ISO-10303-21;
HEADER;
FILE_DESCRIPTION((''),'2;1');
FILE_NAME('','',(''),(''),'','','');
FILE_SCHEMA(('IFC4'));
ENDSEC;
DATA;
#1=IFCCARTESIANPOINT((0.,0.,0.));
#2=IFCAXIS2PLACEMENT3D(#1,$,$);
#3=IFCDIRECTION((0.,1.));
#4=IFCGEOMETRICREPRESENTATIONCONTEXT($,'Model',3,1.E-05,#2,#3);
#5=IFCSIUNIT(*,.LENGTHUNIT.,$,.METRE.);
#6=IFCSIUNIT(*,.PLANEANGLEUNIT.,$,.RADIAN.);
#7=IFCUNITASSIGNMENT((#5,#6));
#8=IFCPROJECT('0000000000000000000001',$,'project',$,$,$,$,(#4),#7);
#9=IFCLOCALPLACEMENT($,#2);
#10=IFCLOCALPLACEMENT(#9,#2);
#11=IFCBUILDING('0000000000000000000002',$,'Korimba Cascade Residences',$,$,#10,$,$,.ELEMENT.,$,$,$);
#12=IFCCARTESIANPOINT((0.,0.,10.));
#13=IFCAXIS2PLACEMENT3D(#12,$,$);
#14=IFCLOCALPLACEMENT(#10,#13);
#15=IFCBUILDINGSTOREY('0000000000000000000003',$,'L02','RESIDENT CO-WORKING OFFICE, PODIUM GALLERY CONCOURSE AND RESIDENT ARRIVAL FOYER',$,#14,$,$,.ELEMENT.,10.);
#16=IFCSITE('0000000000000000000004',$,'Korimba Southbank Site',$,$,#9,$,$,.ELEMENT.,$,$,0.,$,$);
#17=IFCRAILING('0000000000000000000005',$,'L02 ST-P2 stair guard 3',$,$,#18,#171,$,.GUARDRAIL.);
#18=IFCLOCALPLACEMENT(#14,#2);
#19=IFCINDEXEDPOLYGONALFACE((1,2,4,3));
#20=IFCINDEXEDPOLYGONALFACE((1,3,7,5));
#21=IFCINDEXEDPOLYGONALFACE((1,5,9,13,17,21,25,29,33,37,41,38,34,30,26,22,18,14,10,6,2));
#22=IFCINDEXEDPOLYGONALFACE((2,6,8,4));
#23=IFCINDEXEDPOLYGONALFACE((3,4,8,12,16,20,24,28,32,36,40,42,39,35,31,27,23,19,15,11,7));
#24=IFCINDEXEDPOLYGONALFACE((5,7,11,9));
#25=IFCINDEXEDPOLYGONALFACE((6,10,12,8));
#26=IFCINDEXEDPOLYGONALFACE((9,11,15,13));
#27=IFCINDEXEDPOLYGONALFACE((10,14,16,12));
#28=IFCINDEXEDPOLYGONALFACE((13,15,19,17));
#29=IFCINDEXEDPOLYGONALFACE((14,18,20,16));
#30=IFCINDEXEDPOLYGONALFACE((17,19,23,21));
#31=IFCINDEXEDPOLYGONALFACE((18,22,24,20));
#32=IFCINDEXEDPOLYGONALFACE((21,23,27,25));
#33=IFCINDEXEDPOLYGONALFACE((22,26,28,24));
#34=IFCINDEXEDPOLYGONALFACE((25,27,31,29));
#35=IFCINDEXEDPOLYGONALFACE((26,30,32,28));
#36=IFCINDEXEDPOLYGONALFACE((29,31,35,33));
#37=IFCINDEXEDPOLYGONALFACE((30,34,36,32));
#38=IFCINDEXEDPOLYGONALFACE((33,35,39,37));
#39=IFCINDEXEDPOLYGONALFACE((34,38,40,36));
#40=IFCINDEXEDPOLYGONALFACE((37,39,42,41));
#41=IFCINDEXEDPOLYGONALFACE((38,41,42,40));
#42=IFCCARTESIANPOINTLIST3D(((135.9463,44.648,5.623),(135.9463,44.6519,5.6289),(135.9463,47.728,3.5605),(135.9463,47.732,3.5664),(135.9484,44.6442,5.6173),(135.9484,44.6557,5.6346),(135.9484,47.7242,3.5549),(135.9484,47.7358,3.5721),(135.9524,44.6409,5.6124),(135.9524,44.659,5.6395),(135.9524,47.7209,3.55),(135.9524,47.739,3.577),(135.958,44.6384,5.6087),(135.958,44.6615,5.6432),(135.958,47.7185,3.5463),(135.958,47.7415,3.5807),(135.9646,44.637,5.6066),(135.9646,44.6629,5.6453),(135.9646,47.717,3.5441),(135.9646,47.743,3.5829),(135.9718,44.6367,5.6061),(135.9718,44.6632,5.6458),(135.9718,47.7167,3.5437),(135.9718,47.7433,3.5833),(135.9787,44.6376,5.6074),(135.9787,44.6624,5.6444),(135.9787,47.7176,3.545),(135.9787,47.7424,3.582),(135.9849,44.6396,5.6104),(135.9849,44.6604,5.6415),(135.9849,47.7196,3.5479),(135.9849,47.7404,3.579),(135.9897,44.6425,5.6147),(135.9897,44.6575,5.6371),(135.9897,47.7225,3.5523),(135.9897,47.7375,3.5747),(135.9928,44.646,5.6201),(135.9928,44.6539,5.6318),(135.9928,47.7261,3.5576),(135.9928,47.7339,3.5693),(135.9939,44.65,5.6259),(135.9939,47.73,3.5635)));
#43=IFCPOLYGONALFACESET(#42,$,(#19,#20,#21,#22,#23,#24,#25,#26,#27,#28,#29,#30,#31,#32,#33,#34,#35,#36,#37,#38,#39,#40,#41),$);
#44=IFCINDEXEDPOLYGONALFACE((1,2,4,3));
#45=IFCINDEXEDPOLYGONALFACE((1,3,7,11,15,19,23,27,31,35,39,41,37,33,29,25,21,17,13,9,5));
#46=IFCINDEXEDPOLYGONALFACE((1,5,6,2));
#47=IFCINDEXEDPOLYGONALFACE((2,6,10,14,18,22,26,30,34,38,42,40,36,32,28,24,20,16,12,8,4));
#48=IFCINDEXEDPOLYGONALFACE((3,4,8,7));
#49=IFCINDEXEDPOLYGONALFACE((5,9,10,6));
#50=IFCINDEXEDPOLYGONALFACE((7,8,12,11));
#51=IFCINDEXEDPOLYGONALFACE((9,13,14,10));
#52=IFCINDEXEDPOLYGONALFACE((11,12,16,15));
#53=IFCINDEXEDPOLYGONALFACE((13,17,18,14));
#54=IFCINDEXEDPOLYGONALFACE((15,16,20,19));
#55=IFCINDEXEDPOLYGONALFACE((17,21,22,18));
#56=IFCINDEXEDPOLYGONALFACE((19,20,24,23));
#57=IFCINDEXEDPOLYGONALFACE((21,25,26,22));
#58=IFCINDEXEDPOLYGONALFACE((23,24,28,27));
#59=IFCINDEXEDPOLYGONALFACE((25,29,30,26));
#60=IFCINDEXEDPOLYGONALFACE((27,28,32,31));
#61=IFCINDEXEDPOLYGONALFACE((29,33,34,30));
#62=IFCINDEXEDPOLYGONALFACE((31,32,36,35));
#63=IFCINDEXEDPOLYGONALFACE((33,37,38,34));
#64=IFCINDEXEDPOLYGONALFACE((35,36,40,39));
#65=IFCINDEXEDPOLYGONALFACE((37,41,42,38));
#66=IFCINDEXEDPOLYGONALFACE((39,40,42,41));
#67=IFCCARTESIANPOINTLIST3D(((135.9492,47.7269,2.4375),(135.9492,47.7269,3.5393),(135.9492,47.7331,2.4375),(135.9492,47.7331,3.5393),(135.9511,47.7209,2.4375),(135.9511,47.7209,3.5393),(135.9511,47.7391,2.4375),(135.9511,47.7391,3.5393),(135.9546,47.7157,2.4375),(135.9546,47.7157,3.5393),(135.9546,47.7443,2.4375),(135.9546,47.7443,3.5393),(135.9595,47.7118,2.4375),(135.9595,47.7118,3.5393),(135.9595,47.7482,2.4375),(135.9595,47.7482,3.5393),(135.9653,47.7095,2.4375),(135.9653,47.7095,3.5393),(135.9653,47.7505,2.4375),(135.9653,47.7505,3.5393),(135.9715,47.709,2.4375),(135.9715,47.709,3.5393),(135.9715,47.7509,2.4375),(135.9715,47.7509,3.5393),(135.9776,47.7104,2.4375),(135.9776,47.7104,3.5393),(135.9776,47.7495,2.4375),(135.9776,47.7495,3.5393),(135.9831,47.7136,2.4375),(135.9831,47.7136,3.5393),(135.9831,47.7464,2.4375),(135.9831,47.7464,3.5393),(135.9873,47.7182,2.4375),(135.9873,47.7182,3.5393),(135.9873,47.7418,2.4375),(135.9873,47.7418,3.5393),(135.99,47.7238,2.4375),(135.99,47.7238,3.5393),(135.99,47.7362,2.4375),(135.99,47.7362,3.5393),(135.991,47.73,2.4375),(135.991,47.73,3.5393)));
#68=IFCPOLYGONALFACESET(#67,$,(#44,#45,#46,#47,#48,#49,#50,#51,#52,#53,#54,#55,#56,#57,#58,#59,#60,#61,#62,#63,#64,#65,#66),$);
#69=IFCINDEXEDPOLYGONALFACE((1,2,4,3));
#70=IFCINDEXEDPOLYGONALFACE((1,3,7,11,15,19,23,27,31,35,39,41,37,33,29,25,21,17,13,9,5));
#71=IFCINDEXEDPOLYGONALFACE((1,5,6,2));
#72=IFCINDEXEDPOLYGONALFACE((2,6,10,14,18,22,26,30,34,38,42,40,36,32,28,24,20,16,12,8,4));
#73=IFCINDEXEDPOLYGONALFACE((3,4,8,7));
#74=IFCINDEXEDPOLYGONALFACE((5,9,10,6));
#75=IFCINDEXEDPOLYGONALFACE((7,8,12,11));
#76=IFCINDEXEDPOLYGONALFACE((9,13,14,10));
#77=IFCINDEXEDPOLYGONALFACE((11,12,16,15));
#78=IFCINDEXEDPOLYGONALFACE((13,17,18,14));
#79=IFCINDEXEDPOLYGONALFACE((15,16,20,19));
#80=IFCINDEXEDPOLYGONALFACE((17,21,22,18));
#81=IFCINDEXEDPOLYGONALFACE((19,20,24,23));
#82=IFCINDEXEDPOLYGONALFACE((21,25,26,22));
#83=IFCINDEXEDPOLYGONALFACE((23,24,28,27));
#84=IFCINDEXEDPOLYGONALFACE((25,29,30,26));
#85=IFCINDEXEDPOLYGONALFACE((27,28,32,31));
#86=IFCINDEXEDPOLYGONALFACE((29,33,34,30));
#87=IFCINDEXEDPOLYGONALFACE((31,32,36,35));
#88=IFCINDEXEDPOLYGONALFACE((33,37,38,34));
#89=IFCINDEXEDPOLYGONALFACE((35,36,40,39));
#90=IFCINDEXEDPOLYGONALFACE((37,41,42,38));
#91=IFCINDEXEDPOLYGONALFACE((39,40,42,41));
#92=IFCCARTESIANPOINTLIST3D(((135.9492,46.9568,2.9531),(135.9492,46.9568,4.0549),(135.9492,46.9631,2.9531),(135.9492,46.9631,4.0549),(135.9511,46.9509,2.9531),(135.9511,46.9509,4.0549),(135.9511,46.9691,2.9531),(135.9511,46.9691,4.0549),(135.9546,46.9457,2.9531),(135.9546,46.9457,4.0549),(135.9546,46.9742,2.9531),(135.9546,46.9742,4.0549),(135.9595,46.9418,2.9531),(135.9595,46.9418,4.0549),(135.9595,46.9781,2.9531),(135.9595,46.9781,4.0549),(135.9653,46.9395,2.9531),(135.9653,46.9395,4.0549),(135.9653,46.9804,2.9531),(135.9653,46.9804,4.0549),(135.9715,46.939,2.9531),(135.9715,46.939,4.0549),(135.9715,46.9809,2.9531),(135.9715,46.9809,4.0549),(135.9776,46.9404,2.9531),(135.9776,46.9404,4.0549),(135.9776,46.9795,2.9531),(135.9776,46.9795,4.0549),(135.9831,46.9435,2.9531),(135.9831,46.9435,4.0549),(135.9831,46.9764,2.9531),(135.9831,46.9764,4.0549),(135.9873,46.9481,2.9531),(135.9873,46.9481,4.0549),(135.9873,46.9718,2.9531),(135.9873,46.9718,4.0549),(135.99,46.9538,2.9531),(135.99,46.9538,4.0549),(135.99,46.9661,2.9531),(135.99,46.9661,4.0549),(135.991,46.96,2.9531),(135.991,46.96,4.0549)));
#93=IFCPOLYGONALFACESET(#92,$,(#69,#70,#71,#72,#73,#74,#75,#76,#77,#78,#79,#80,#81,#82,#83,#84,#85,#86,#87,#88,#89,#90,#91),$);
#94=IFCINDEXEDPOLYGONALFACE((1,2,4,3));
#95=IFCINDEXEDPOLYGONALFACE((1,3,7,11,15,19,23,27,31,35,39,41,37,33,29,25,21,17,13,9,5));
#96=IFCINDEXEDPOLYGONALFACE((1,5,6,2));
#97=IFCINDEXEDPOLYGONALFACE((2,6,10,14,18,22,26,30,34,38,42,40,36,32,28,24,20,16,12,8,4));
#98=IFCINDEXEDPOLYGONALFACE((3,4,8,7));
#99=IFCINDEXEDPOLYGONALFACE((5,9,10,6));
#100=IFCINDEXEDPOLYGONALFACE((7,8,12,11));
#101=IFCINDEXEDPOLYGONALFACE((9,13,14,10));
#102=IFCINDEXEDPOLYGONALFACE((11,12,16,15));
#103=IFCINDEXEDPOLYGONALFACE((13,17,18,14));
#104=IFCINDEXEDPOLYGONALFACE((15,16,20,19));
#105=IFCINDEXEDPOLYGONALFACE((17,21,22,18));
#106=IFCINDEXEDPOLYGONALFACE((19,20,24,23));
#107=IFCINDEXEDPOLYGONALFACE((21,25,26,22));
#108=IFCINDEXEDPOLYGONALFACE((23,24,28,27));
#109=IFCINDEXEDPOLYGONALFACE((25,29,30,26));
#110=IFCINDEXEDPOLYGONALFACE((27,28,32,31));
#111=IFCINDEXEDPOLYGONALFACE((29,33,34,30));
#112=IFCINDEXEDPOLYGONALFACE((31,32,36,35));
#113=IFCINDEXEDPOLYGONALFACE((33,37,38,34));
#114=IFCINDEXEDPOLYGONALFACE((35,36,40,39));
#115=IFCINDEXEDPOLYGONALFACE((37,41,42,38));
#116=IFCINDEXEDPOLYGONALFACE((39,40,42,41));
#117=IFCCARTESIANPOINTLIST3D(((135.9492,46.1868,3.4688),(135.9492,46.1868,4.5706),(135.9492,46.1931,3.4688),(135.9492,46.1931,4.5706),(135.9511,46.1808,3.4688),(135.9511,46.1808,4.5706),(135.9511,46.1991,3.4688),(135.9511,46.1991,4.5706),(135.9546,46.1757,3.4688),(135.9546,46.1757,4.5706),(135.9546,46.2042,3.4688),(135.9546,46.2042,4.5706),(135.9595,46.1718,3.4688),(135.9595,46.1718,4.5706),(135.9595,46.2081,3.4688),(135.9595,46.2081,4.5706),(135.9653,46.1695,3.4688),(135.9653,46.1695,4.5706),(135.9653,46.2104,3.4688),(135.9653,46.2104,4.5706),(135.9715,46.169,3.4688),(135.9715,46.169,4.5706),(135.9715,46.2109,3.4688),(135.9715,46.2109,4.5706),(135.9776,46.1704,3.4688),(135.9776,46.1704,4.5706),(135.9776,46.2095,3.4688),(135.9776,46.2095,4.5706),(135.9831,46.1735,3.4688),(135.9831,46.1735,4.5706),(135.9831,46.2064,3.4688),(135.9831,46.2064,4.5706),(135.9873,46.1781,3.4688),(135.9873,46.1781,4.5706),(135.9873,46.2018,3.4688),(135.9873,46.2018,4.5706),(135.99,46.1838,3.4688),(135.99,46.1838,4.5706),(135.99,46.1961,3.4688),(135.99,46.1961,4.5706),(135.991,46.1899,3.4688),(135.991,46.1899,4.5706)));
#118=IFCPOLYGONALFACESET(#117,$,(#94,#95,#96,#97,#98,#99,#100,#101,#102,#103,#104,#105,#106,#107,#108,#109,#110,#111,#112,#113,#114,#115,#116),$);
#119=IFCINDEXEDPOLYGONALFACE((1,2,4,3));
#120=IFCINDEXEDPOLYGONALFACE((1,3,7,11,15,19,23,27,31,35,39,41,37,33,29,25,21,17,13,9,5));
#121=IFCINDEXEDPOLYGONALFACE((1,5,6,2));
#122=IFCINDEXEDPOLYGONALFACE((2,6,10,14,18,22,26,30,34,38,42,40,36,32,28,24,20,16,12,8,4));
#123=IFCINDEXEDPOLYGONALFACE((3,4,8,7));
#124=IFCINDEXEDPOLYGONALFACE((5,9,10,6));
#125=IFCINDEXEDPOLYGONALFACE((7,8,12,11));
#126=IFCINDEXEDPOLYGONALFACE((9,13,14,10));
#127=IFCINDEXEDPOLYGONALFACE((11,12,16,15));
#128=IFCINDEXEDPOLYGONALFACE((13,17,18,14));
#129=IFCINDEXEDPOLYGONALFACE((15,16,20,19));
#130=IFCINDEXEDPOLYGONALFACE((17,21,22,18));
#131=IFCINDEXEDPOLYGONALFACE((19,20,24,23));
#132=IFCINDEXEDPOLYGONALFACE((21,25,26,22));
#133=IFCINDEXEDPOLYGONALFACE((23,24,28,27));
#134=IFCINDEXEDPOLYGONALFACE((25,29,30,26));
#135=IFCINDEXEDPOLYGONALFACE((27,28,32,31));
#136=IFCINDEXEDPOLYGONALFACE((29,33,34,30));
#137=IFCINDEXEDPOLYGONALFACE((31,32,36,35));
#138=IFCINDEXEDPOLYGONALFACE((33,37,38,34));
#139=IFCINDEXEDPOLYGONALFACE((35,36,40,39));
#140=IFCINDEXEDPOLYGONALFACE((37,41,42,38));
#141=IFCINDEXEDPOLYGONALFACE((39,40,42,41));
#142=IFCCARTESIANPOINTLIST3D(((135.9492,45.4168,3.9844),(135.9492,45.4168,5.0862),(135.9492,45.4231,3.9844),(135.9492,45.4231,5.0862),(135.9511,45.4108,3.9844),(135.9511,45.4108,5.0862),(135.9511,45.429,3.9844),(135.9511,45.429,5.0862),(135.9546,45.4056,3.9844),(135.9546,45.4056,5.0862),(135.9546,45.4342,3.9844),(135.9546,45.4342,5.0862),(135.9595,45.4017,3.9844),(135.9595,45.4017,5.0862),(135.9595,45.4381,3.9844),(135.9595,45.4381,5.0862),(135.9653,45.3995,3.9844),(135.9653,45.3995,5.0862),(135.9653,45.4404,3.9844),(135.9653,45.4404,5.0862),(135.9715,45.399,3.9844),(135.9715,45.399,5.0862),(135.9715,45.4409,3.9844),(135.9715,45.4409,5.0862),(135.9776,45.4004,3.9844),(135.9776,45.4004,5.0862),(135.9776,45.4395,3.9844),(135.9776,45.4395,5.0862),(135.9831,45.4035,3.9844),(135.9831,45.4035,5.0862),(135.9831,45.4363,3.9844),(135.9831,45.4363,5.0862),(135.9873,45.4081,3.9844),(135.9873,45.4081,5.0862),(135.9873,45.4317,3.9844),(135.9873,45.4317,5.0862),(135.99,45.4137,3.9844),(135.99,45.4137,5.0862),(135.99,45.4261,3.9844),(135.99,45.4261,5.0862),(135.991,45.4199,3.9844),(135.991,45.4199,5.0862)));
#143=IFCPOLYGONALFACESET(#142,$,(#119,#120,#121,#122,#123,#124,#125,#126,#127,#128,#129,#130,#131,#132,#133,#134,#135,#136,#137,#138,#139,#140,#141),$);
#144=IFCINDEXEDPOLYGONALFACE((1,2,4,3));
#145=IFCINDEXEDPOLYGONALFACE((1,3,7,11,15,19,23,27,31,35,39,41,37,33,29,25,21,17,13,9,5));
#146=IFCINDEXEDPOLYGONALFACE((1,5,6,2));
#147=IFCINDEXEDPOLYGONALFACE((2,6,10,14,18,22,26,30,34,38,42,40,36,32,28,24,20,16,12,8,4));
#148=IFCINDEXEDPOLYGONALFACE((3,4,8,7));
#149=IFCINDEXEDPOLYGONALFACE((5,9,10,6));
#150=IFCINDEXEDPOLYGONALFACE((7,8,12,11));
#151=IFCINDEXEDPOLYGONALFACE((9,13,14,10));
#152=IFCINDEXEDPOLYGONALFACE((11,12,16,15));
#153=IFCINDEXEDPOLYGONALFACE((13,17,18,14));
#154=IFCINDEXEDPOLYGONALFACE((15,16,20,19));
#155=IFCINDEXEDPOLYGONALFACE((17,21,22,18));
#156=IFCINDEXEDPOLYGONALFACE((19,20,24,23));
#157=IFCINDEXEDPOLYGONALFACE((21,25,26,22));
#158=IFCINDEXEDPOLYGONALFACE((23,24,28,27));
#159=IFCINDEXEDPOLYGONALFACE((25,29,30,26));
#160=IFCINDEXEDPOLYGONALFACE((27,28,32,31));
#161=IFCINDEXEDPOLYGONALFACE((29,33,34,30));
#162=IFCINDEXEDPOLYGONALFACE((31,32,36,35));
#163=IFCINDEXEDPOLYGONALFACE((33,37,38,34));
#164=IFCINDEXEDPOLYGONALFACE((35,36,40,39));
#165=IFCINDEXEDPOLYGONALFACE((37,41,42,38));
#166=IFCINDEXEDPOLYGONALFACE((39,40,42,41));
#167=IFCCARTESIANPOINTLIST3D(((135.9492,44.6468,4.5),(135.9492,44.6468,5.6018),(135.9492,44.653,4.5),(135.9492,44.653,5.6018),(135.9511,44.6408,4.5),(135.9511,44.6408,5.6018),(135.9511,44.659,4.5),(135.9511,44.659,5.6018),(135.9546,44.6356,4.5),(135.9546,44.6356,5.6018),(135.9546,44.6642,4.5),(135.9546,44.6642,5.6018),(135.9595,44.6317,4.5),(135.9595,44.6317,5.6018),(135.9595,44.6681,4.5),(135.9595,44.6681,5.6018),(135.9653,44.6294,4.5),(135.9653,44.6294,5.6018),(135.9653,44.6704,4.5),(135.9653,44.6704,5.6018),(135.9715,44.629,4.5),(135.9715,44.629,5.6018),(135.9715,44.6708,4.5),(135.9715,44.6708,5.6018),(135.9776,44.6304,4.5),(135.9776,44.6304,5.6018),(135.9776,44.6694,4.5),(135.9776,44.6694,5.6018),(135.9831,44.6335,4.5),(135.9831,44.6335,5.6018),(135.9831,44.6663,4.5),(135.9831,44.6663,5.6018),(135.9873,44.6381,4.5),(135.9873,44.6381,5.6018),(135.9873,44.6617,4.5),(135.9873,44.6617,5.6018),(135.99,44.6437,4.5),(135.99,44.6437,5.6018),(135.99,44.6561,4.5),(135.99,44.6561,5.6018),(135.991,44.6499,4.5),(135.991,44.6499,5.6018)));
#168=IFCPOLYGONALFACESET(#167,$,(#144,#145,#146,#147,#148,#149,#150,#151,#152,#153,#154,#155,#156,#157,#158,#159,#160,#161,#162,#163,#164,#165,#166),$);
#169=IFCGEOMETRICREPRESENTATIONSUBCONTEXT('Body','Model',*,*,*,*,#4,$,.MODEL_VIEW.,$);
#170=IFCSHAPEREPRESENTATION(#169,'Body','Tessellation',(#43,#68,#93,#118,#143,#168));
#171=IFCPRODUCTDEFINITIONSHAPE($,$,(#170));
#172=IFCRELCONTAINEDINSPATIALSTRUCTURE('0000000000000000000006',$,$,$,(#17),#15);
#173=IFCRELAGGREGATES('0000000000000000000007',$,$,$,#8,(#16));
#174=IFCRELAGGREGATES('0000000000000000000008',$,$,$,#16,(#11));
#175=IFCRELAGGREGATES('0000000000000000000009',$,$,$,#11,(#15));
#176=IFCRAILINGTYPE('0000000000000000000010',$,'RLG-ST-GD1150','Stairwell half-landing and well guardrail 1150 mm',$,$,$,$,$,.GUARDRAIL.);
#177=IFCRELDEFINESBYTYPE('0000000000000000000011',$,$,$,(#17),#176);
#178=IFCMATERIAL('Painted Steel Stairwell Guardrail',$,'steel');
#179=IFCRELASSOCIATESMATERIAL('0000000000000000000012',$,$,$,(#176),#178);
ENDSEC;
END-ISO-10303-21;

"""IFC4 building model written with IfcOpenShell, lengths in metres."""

from ifc_helpers import new_model, si_unit, direction, frame, origin, origin_2d, place, context, subcontext, project, spatial, circle, extrude, material, type_object, element, save


model = new_model("IFC4")

# Units and contexts
model_context = context("Model", 3, precision=1e-05, world=origin(), true_north=direction((0.0, 1.0)))
body_context = subcontext(model_context, "Body", "Model", "MODEL_VIEW")
ifc_project = project(units=[si_unit("LENGTHUNIT", "METRE"), si_unit("PLANEANGLEUNIT", "RADIAN")], contexts=[model_context])

# Site, building, storey
site_placement = place(None, origin())
site = spatial("IfcSite", under=ifc_project, at=site_placement, Name="Korimba Southbank Site", CompositionType="ELEMENT", RefElevation=0.0)
building_placement = place(site_placement, origin())
building = spatial("IfcBuilding", under=site, at=building_placement, Name="Korimba Cascade Residences", CompositionType="ELEMENT")
storey_placement = place(building_placement, frame((0.0, 0.0, 10.0)))
storey = spatial("IfcBuildingStorey", under=building, at=storey_placement, Name="L02", Description="RESIDENT CO-WORKING OFFICE, PODIUM GALLERY CONCOURSE AND RESIDENT ARRIVAL FOYER", CompositionType="ELEMENT", Elevation=10.0)

# Railing
ifc_material_1 = material(Name="Painted Steel Stairwell Guardrail", Category="steel")
railing_type_1 = type_object("IfcRailingType", Name="RLG-ST-GD1150", Description="Stairwell half-landing and well guardrail 1150 mm", PredefinedType="GUARDRAIL", material=ifc_material_1)
railing_1_placement = place(storey_placement, frame((135.97, 47.73, 2.4375)))
element("IfcRailing", 1, at=railing_1_placement, inside=storey, type_object=railing_type_1, Name="L02 ST-P2 stair guard 3", PredefinedType="GUARDRAIL", context=body_context, shape_type="SweptSolid", body=[
    extrude(circle(Radius=0.0239, at=origin_2d()), frame((0.0, 0.0, 1.126), z_axis=(0.0, -0.830914, 0.556401), x_axis=(1.0, 0.0, 0.0)), (0.0, 0.0, 1.0), 3.7068),
    extrude(circle(Radius=0.021, at=origin_2d()), origin(), (0.0, 0.0, 1.0), 1.1018),
    extrude(circle(Radius=0.021, at=origin_2d()), frame((0.0, -0.77, 0.5156)), (0.0, 0.0, 1.0), 1.1018),
    extrude(circle(Radius=0.021, at=origin_2d()), frame((0.0, -1.54, 1.0312)), (0.0, 0.0, 1.0), 1.1018),
    extrude(circle(Radius=0.021, at=origin_2d()), frame((0.0, -2.3101, 1.5469)), (0.0, 0.0, 1.0), 1.1018),
    extrude(circle(Radius=0.021, at=origin_2d()), frame((0.0, -3.0801, 2.0625)), (0.0, 0.0, 1.0), 1.1018),
])

save(model, "model.ifc")
